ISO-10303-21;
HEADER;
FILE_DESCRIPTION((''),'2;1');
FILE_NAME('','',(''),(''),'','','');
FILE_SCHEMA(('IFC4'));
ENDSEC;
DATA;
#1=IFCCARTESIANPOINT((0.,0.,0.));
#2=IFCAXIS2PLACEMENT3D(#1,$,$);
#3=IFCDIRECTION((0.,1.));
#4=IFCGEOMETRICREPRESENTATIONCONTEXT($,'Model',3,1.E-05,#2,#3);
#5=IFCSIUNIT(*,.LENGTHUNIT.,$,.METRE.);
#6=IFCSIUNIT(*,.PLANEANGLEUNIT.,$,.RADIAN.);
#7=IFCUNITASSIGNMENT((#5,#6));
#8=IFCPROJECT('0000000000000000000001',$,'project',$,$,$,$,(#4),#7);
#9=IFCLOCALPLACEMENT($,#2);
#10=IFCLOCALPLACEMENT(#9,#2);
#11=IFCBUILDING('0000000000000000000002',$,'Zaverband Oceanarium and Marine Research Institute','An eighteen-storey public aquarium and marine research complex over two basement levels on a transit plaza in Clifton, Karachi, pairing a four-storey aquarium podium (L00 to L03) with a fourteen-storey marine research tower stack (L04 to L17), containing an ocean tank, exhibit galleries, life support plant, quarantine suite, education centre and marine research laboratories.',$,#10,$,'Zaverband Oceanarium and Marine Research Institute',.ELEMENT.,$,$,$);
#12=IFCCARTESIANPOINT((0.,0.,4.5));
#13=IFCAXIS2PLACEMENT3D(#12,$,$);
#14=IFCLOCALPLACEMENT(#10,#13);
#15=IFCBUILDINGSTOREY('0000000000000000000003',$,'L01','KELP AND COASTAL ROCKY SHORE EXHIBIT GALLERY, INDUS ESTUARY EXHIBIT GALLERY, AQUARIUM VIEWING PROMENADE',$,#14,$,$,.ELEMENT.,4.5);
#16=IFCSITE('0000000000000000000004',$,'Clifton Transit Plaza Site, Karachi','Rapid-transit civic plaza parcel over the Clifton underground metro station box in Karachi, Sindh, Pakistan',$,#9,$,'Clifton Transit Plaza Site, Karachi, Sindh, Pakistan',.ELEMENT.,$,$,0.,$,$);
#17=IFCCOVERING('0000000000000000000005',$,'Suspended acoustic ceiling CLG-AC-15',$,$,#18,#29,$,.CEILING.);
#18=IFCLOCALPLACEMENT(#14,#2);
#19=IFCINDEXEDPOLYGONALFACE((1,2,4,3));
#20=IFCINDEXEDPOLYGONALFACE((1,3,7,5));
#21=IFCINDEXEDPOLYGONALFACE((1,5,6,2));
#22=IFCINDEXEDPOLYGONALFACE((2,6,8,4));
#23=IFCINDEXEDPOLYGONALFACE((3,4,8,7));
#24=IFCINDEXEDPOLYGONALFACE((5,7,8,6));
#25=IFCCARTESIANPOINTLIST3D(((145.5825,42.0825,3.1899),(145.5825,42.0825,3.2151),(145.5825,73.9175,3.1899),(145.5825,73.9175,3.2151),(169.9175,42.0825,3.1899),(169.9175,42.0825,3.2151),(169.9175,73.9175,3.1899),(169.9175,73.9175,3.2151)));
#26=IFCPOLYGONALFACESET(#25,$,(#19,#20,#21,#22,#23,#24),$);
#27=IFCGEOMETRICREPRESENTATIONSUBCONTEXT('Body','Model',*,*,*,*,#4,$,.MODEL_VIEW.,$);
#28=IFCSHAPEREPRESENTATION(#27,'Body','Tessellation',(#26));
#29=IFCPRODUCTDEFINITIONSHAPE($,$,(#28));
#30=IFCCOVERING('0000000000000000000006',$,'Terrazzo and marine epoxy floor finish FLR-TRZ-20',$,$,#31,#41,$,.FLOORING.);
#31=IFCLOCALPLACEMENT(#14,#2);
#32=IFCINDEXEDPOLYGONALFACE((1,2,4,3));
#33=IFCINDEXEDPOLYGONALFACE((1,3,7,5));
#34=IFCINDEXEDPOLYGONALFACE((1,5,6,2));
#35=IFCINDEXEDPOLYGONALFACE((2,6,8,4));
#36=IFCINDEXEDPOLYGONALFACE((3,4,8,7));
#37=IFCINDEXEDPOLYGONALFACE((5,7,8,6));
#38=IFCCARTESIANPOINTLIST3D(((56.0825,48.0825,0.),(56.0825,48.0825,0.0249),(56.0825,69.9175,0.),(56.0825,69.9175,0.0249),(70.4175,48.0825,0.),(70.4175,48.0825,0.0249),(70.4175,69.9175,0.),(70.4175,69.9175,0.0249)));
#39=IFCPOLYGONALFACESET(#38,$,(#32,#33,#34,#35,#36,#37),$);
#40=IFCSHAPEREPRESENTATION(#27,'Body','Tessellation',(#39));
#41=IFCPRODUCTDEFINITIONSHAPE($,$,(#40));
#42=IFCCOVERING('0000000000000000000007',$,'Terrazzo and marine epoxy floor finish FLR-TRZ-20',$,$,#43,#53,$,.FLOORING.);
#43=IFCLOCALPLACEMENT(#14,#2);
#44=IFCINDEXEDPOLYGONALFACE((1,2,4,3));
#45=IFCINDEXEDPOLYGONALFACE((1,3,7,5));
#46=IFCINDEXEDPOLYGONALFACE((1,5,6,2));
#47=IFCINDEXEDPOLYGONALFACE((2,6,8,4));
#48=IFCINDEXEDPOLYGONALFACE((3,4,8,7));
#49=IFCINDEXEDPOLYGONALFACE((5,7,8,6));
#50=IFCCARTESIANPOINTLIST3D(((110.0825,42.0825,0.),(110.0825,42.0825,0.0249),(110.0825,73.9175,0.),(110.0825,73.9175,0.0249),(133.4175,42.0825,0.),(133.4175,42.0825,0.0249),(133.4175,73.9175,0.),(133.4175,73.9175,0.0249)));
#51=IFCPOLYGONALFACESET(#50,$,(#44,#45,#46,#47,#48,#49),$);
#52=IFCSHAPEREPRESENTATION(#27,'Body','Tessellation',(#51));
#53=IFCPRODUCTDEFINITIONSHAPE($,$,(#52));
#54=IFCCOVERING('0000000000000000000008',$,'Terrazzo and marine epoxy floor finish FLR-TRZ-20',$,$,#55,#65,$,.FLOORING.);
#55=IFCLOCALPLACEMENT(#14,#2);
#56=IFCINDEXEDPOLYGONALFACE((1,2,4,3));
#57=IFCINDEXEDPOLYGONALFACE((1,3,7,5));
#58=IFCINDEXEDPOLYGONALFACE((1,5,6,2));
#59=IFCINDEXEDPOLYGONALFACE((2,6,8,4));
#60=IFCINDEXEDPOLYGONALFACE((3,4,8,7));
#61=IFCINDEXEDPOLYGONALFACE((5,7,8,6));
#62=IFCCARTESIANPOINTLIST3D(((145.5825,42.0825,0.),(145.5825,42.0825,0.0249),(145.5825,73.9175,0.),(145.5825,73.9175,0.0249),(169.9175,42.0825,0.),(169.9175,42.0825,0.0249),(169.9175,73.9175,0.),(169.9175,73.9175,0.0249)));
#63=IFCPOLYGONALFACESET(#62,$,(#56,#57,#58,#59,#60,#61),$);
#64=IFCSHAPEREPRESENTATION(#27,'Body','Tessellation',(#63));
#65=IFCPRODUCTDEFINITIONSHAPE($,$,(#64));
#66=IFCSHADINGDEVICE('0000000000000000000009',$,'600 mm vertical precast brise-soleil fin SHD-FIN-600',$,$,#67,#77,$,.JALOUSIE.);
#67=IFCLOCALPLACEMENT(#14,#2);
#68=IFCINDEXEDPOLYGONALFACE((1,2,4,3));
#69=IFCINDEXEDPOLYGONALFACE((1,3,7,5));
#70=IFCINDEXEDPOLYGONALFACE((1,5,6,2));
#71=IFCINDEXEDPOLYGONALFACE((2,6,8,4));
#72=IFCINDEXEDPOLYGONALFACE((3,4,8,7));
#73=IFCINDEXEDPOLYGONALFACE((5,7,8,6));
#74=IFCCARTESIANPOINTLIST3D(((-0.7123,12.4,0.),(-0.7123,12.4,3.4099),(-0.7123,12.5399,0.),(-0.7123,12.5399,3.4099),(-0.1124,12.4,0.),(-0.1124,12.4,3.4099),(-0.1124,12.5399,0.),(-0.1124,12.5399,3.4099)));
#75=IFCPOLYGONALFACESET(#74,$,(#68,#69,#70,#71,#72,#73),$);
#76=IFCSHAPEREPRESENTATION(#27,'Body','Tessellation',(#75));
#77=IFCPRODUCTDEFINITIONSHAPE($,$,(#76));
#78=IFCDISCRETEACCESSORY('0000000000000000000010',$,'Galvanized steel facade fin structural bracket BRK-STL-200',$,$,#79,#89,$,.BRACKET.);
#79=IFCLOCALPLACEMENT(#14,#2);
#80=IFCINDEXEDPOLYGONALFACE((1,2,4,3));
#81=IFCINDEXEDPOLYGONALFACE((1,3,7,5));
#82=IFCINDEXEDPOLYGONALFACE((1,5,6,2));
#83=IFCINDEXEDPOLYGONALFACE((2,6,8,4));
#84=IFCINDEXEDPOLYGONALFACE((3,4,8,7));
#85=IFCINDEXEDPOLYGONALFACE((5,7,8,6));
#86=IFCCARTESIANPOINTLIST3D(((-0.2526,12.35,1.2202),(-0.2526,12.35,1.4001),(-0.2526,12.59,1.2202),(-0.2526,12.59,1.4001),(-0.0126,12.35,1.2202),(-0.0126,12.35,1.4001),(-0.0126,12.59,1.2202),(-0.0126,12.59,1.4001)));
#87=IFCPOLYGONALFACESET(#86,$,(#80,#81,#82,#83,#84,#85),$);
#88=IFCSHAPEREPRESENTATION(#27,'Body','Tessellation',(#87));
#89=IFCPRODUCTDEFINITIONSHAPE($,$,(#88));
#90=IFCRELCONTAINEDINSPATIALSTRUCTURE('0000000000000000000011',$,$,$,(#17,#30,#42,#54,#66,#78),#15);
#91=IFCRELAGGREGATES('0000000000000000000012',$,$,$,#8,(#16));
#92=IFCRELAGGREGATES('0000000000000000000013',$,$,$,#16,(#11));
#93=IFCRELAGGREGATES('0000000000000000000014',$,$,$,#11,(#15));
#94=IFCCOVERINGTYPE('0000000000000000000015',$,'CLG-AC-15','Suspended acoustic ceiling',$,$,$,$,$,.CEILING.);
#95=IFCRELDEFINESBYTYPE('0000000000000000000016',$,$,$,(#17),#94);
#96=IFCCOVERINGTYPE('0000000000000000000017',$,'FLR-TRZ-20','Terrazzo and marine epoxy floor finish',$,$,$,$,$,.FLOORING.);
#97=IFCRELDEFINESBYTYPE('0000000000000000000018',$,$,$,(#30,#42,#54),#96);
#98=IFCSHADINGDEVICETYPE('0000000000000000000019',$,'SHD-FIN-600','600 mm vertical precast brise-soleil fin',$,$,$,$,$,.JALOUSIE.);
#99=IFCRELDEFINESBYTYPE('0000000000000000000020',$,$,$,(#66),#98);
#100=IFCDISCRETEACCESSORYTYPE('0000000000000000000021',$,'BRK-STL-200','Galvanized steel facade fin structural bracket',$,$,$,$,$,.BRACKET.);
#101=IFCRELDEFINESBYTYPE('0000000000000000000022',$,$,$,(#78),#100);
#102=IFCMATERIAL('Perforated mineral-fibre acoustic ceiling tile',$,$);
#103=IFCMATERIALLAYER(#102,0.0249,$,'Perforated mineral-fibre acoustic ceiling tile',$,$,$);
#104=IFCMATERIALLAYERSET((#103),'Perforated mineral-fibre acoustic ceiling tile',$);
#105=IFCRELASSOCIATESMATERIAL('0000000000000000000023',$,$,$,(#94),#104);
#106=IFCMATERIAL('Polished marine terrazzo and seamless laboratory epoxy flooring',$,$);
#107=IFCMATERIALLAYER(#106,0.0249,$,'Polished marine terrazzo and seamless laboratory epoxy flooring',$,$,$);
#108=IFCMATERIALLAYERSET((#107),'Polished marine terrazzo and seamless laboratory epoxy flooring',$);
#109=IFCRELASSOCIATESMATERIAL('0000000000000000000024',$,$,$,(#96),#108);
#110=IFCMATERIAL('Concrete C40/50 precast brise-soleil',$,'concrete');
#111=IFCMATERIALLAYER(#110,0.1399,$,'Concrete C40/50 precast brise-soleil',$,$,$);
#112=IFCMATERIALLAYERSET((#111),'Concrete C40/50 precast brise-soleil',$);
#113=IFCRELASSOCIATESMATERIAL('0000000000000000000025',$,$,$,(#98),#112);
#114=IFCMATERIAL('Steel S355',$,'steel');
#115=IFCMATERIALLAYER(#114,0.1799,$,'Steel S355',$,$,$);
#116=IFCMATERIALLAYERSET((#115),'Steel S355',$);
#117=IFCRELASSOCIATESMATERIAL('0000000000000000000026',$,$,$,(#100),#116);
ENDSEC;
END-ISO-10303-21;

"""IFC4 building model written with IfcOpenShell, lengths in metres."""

from ifc_helpers import new_model, si_unit, direction, frame, frame_2d, origin, origin_2d, place, context, subcontext, project, spatial, polyline, rectangle, outline, extrude, material, layer, layer_set, type_object, element, save


model = new_model("IFC4")

# Units and contexts
model_context = context("Model", 3, precision=1e-05, world=origin(), true_north=direction((0.0, 1.0)))
body_context = subcontext(model_context, "Body", "Model", "MODEL_VIEW")
ifc_project = project(units=[si_unit("LENGTHUNIT", "METRE"), si_unit("PLANEANGLEUNIT", "RADIAN")], contexts=[model_context])

# Site, building, storey
site_placement = place(None, origin())
site = spatial("IfcSite", under=ifc_project, at=site_placement, Name="Clifton Transit Plaza Site, Karachi", Description="Rapid-transit civic plaza parcel over the Clifton underground metro station box in Karachi, Sindh, Pakistan", LongName="Clifton Transit Plaza Site, Karachi, Sindh, Pakistan", CompositionType="ELEMENT", RefElevation=0.0)
building_placement = place(site_placement, origin())
building = spatial("IfcBuilding", under=site, at=building_placement, Name="Zaverband Oceanarium and Marine Research Institute", Description="An eighteen-storey public aquarium and marine research complex over two basement levels on a transit plaza in Clifton, Karachi, pairing a four-storey aquarium podium (L00 to L03) with a fourteen-storey marine research tower stack (L04 to L17), containing an ocean tank, exhibit galleries, life support plant, quarantine suite, education centre and marine research laboratories.", LongName="Zaverband Oceanarium and Marine Research Institute", CompositionType="ELEMENT")
storey_placement = place(building_placement, frame((0.0, 0.0, 4.5)))
storey = spatial("IfcBuildingStorey", under=building, at=storey_placement, Name="L01", Description="KELP AND COASTAL ROCKY SHORE EXHIBIT GALLERY, INDUS ESTUARY EXHIBIT GALLERY, AQUARIUM VIEWING PROMENADE", CompositionType="ELEMENT", Elevation=4.5)

# Coverings
ifc_material_1 = material(Name="Perforated mineral-fibre acoustic ceiling tile")
ifc_layer_1 = layer(ifc_material_1, 0.0249, Name="Perforated mineral-fibre acoustic ceiling tile")
ifc_layer_set_1 = layer_set([ifc_layer_1], Name="Perforated mineral-fibre acoustic ceiling tile")
covering_type_1 = type_object("IfcCoveringType", Name="CLG-AC-15", Description="Suspended acoustic ceiling", PredefinedType="CEILING", material=ifc_layer_set_1)
covering_1_placement = place(storey_placement, frame((0.0, 0.0, 3.1899)))
element("IfcCovering", 1, at=covering_1_placement, inside=storey, type_object=covering_type_1, Name="Suspended acoustic ceiling CLG-AC-15", PredefinedType="CEILING", context=body_context, shape_type="SweptSolid", body=[
    extrude(outline(polyline([(145.5825, 42.0825), (169.9175, 42.0825), (169.9175, 73.9175), (145.5825, 73.9175), (145.5825, 42.0825)])), origin(), (0.0, 0.0, 1.0), 0.0251),
])
ifc_material_2 = material(Name="Polished marine terrazzo and seamless laboratory epoxy flooring")
ifc_layer_2 = layer(ifc_material_2, 0.0249, Name="Polished marine terrazzo and seamless laboratory epoxy flooring")
ifc_layer_set_2 = layer_set([ifc_layer_2], Name="Polished marine terrazzo and seamless laboratory epoxy flooring")
covering_type_2 = type_object("IfcCoveringType", Name="FLR-TRZ-20", Description="Terrazzo and marine epoxy floor finish", PredefinedType="FLOORING", material=ifc_layer_set_2)
covering_2_placement = place(storey_placement, origin())
element("IfcCovering", 2, at=covering_2_placement, inside=storey, type_object=covering_type_2, Name="Terrazzo and marine epoxy floor finish FLR-TRZ-20", PredefinedType="FLOORING", context=body_context, shape_type="SweptSolid", body=[
    extrude(outline(polyline([(56.0825, 48.0825), (70.4175, 48.0825), (70.4175, 69.9175), (56.0825, 69.9175), (56.0825, 48.0825)])), origin(), (0.0, 0.0, 1.0), 0.0249),
])
covering_3_placement = place(storey_placement, origin())
element("IfcCovering", 3, at=covering_3_placement, inside=storey, type_object=covering_type_2, Name="Terrazzo and marine epoxy floor finish FLR-TRZ-20", PredefinedType="FLOORING", context=body_context, shape_type="SweptSolid", body=[
    extrude(outline(polyline([(110.0825, 42.0825), (133.4175, 42.0825), (133.4175, 73.9175), (110.0825, 73.9175), (110.0825, 42.0825)])), origin(), (0.0, 0.0, 1.0), 0.0249),
])
covering_4_placement = place(storey_placement, origin())
element("IfcCovering", 4, at=covering_4_placement, inside=storey, type_object=covering_type_2, Name="Terrazzo and marine epoxy floor finish FLR-TRZ-20", PredefinedType="FLOORING", context=body_context, shape_type="SweptSolid", body=[
    extrude(outline(polyline([(145.5825, 42.0825), (169.9175, 42.0825), (169.9175, 73.9175), (145.5825, 73.9175), (145.5825, 42.0825)])), origin(), (0.0, 0.0, 1.0), 0.0249),
])

# Shading device
ifc_material_3 = material(Name="Concrete C40/50 precast brise-soleil", Category="concrete")
ifc_layer_3 = layer(ifc_material_3, 0.1399, Name="Concrete C40/50 precast brise-soleil")
ifc_layer_set_3 = layer_set([ifc_layer_3], Name="Concrete C40/50 precast brise-soleil")
shading_device_type = type_object("IfcShadingDeviceType", Name="SHD-FIN-600", Description="600 mm vertical precast brise-soleil fin", PredefinedType="JALOUSIE", material=ifc_layer_set_3)
shading_device_placement = place(storey_placement, frame((-0.1125, 12.47, 0.0), z_axis=(0.0, 0.0, 1.0), x_axis=(-1.0, 0.0, 0.0)))
element("IfcShadingDevice", 5, at=shading_device_placement, inside=storey, type_object=shading_device_type, Name="600 mm vertical precast brise-soleil fin SHD-FIN-600", PredefinedType="JALOUSIE", context=body_context, shape_type="SweptSolid", body=[
    extrude(rectangle(XDim=0.5999, YDim=0.1399, at=frame_2d((0.2998, 0.0))), origin(), (0.0, 0.0, 1.0), 3.4099),
])

# Discrete accessory
ifc_material_4 = material(Name="Steel S355", Category="steel")
ifc_layer_4 = layer(ifc_material_4, 0.1799, Name="Steel S355")
ifc_layer_set_4 = layer_set([ifc_layer_4], Name="Steel S355")
discrete_accessory_type = type_object("IfcDiscreteAccessoryType", Name="BRK-STL-200", Description="Galvanized steel facade fin structural bracket", PredefinedType="BRACKET", material=ifc_layer_set_4)
discrete_accessory_placement = place(storey_placement, frame((-0.1326, 12.47, 1.2202), z_axis=(0.0, 0.0, 1.0), x_axis=(1.0, 0.0, 0.0)))
element("IfcDiscreteAccessory", 6, at=discrete_accessory_placement, inside=storey, type_object=discrete_accessory_type, Name="Galvanized steel facade fin structural bracket BRK-STL-200", PredefinedType="BRACKET", context=body_context, shape_type="SweptSolid", body=[
    extrude(rectangle(XDim=0.24, YDim=0.24, at=origin_2d()), origin(), (0.0, 0.0, 1.0), 0.1799),
])

save(model, "model.ifc")
